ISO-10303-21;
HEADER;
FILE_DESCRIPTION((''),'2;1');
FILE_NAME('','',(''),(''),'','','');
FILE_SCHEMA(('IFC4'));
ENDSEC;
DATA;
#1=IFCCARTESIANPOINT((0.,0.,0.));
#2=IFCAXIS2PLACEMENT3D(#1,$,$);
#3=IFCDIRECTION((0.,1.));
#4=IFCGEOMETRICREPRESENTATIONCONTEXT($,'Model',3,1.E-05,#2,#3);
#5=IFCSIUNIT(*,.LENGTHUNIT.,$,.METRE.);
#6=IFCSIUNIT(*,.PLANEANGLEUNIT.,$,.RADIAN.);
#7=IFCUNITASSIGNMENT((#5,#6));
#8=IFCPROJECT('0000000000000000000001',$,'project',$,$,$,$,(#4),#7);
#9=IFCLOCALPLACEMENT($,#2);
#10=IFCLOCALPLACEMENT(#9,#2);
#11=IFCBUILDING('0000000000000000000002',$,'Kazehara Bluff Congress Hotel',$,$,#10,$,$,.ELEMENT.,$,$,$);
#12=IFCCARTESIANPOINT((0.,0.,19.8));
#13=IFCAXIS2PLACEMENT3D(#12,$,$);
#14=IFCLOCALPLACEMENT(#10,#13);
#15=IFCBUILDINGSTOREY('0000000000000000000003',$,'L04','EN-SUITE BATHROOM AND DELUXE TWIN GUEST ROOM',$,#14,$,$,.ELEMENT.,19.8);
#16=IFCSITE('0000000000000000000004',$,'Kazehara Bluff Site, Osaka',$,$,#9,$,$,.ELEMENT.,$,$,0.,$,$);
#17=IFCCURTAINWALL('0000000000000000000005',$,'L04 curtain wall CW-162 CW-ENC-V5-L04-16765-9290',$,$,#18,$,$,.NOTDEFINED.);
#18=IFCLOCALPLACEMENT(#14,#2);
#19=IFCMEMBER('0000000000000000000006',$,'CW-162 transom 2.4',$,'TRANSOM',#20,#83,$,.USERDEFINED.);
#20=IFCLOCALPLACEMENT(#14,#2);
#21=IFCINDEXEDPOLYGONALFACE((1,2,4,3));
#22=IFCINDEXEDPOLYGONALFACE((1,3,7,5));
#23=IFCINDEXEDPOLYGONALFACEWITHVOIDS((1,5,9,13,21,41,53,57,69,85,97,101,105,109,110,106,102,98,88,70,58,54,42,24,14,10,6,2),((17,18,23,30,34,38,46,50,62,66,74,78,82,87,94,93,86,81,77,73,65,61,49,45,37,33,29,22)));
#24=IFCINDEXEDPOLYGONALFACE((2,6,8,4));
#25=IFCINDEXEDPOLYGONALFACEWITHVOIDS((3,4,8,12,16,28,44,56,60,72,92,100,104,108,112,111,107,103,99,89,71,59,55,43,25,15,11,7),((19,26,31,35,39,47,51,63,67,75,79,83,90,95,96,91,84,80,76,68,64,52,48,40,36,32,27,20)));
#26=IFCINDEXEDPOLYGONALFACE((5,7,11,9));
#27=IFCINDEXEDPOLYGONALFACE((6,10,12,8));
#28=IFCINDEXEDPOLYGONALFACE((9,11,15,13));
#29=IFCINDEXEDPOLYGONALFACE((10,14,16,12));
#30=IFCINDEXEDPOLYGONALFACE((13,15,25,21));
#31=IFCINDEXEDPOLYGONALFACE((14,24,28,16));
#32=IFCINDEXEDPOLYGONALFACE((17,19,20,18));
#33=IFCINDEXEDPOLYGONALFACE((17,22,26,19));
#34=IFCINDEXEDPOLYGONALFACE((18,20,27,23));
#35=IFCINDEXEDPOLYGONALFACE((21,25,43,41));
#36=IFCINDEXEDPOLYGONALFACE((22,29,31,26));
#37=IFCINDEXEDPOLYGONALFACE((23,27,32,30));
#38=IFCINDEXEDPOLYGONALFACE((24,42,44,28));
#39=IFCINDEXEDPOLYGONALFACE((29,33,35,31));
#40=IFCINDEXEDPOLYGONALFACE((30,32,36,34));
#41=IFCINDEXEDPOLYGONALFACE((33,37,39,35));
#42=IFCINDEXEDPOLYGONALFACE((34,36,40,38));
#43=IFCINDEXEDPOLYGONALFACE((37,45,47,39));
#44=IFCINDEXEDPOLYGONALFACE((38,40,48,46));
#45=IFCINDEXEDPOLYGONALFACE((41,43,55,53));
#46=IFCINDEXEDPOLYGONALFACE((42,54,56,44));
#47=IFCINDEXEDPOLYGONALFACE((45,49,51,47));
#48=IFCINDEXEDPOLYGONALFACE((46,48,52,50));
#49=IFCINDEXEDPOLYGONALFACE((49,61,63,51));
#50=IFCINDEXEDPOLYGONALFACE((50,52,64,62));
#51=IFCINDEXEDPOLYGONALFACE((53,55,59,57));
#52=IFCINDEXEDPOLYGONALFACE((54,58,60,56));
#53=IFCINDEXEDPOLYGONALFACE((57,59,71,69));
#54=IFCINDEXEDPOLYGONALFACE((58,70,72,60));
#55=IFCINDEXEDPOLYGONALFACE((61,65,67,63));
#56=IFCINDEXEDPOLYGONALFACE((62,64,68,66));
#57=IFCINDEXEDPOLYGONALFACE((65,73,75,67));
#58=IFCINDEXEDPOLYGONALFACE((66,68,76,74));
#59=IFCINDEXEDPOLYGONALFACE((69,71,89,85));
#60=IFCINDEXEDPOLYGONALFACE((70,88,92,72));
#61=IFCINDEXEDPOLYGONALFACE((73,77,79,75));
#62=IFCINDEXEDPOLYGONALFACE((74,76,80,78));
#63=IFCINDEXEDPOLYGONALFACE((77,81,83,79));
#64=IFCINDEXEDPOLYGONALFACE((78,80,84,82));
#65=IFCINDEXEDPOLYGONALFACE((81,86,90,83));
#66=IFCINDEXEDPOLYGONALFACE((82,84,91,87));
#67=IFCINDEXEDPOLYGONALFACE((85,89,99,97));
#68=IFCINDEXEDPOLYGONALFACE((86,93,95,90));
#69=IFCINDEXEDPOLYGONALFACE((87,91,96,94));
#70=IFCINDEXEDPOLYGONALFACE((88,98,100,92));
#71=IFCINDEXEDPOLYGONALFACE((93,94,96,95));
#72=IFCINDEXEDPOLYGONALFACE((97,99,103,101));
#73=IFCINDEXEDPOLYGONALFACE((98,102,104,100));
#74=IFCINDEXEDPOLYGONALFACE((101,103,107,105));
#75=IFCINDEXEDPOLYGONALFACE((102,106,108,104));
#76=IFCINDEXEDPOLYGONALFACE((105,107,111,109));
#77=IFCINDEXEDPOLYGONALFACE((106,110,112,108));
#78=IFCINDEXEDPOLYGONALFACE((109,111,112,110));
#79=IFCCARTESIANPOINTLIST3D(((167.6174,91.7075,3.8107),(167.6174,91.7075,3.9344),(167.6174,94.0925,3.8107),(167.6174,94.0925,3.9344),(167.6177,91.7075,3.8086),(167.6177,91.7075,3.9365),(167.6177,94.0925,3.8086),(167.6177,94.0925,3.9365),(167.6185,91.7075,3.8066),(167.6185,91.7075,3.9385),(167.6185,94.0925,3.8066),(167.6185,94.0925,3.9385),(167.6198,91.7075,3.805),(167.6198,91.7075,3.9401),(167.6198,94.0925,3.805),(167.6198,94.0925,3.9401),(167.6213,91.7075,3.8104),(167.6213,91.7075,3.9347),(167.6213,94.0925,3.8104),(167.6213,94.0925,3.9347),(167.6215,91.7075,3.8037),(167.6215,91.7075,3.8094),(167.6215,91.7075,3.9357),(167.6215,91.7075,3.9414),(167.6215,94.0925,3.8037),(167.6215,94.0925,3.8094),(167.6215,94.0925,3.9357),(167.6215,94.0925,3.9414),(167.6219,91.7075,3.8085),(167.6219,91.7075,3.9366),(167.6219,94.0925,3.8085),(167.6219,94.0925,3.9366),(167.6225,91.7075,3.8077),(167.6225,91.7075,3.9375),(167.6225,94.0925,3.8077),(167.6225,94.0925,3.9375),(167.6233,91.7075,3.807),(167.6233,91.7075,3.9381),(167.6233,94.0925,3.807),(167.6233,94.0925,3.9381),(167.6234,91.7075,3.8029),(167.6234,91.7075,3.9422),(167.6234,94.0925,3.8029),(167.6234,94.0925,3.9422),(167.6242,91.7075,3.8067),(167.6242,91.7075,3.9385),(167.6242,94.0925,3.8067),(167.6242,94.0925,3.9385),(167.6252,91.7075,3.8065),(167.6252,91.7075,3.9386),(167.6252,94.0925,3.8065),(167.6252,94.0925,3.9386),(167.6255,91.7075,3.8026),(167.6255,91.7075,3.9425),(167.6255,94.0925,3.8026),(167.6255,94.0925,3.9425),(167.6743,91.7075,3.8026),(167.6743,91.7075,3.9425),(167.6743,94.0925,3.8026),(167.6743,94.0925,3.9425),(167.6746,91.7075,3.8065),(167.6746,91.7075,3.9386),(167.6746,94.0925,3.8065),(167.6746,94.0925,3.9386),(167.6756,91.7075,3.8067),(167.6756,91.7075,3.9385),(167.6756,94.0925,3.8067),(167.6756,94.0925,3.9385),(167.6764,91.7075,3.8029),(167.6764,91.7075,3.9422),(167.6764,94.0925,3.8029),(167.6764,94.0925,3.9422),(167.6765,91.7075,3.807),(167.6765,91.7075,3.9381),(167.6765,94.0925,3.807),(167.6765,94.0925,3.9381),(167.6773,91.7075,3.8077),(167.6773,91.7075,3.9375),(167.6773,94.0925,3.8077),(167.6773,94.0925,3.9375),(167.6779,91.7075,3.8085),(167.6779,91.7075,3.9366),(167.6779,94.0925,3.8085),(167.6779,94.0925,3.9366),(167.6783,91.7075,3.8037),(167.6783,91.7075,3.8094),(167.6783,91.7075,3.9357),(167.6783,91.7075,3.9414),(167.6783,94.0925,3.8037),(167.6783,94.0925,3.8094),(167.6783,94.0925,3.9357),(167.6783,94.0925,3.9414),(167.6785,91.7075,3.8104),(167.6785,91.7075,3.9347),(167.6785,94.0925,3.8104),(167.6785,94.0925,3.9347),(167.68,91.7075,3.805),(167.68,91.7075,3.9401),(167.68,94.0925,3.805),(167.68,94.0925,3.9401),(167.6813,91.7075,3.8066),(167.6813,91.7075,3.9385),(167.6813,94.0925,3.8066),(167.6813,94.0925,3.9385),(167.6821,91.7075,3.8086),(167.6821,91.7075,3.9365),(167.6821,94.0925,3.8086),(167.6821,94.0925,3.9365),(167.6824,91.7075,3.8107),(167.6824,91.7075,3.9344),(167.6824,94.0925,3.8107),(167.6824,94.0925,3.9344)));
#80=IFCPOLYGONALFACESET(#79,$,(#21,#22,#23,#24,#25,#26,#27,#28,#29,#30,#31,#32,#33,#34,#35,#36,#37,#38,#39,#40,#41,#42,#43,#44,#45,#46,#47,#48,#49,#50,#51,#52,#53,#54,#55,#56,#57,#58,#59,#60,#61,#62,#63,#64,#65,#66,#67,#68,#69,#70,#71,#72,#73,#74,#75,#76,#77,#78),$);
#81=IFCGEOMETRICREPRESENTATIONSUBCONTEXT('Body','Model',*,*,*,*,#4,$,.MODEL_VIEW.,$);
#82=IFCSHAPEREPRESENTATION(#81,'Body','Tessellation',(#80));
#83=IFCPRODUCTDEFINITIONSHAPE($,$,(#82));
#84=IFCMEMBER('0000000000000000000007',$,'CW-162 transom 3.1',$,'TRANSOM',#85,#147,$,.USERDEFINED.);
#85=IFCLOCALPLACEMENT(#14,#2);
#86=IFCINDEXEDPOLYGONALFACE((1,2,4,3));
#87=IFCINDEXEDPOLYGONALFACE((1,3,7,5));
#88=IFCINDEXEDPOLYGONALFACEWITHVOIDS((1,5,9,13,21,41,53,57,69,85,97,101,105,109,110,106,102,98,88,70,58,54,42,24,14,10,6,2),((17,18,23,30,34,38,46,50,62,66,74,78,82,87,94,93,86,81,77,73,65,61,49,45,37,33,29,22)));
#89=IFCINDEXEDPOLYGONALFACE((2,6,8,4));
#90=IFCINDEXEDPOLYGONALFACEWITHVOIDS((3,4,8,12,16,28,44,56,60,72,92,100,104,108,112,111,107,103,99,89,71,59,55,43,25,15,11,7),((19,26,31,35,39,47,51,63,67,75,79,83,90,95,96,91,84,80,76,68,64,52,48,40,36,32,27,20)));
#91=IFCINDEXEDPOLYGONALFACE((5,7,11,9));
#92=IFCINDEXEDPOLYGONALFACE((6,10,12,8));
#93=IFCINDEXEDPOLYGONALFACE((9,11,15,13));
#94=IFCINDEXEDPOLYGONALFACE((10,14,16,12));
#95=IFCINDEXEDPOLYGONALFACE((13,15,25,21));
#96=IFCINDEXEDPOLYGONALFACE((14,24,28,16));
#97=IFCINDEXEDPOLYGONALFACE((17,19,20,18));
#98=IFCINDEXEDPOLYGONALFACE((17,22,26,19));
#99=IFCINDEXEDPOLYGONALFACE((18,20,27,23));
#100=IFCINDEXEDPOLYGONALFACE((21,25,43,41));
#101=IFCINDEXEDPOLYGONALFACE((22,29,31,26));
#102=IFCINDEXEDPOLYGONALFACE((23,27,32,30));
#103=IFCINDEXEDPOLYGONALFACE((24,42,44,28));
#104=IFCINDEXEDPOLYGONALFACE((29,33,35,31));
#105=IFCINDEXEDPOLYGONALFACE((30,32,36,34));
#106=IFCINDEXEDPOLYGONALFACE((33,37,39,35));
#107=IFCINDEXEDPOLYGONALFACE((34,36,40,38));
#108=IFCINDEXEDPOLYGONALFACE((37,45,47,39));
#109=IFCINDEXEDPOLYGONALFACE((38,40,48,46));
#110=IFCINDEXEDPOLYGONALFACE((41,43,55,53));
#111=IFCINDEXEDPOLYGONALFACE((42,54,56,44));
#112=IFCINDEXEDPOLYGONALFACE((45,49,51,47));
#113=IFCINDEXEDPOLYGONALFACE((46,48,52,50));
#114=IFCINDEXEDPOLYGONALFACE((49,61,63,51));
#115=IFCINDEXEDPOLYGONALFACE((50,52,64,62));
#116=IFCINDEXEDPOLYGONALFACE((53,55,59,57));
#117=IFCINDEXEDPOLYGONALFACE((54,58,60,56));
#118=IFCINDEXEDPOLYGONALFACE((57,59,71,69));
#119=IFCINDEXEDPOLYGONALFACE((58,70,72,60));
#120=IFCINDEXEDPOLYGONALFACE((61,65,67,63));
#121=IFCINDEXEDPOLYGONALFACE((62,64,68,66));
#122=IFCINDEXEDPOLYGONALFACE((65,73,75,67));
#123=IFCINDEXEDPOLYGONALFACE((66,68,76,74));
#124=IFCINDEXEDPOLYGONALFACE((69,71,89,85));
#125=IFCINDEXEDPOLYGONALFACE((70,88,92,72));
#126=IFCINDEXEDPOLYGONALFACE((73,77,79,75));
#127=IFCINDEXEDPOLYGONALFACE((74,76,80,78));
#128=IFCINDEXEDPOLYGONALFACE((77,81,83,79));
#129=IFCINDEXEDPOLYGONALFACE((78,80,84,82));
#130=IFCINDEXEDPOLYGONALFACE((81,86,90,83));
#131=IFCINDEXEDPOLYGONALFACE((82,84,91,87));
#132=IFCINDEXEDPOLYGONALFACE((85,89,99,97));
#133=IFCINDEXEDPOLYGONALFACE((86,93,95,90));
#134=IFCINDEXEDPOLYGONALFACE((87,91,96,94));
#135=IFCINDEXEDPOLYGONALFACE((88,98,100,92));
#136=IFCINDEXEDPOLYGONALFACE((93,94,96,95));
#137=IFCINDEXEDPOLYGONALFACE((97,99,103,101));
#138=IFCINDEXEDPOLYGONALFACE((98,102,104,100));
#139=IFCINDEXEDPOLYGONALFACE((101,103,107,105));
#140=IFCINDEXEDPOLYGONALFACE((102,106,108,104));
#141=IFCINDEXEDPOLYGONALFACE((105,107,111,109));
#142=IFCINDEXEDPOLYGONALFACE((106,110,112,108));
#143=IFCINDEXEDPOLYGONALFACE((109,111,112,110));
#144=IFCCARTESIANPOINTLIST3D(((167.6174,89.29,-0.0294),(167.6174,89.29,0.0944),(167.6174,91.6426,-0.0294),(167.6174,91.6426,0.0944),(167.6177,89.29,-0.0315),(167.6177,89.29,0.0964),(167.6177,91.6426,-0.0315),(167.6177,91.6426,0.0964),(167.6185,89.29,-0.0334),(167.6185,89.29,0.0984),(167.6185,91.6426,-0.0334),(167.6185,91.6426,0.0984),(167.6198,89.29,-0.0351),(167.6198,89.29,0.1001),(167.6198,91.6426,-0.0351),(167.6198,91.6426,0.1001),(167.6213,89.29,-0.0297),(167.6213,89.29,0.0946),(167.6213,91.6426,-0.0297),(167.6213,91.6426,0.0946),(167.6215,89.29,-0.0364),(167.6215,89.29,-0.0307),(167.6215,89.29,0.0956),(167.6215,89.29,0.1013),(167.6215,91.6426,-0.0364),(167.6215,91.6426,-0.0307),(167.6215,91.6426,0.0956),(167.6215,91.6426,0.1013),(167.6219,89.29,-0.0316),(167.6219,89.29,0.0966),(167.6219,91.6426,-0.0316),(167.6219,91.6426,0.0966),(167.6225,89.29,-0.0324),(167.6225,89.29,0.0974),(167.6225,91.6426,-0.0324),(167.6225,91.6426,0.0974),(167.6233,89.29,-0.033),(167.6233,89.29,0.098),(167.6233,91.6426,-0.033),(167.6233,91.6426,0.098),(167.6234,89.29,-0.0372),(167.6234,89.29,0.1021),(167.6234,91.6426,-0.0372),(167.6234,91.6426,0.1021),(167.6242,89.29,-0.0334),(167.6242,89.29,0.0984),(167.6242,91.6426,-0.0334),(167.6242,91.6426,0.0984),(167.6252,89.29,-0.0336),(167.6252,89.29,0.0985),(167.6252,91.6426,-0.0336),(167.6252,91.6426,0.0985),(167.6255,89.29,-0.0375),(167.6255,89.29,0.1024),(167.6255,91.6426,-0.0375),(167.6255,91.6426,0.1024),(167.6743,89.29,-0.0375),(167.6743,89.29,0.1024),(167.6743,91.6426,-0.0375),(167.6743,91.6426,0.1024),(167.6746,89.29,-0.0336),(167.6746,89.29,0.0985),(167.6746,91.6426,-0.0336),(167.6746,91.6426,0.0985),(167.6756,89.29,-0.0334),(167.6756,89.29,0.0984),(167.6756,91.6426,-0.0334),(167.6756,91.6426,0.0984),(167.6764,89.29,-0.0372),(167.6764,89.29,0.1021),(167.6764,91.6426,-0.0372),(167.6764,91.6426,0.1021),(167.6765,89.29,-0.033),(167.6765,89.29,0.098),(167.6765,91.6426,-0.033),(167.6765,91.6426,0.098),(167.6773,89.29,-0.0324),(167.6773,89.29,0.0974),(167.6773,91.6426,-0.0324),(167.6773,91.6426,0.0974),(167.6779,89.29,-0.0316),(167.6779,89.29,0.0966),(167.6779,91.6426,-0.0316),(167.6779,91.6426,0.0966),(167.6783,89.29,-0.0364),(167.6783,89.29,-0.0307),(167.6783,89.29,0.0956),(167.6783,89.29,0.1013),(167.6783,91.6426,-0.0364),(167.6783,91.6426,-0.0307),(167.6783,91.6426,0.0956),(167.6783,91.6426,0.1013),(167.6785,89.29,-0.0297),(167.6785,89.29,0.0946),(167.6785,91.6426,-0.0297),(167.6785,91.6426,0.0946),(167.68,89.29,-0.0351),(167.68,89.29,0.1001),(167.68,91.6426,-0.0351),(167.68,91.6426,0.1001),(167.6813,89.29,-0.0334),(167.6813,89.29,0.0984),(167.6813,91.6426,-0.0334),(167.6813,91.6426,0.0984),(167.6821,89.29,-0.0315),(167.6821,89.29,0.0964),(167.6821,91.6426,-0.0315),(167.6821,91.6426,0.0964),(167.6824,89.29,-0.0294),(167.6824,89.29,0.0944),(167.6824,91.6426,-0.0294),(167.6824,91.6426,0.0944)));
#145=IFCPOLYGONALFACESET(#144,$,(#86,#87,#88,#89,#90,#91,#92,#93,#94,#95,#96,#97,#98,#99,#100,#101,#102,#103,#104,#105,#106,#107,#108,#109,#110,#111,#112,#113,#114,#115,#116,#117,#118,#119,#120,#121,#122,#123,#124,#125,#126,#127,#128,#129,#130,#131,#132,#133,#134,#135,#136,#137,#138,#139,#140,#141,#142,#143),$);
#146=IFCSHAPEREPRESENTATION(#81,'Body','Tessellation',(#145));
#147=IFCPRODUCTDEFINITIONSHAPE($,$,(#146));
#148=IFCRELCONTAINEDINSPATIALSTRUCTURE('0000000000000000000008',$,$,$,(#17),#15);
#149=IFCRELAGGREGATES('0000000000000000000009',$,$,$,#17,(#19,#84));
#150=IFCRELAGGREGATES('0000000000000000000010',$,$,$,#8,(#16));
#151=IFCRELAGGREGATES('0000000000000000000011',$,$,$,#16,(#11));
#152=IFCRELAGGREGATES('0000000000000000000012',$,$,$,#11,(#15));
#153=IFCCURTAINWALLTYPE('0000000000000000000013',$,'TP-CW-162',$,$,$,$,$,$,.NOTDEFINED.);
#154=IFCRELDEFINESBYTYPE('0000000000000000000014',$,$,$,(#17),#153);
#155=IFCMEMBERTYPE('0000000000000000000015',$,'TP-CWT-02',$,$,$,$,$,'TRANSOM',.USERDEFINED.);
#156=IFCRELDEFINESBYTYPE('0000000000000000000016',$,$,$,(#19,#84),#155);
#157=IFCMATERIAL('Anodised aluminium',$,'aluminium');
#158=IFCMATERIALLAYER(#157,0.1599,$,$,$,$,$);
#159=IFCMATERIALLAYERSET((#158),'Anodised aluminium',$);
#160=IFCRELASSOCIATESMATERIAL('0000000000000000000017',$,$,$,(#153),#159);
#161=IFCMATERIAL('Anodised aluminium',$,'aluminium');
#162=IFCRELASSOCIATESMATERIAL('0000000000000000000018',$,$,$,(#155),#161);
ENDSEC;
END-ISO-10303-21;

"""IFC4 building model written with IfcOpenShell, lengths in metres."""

from ifc_helpers import new_model, si_unit, direction, frame, origin, origin_2d, place, context, subcontext, project, spatial, hollow_rectangle, extrude, material, layer, layer_set, material_profile, profile_set, type_object, element, aggregate, save


model = new_model("IFC4")

# Units and contexts
model_context = context("Model", 3, precision=1e-05, world=origin(), true_north=direction((0.0, 1.0)))
body_context = subcontext(model_context, "Body", "Model", "MODEL_VIEW")
ifc_project = project(units=[si_unit("LENGTHUNIT", "METRE"), si_unit("PLANEANGLEUNIT", "RADIAN")], contexts=[model_context])

# Site, building, storey
site_placement = place(None, origin())
site = spatial("IfcSite", under=ifc_project, at=site_placement, Name="Kazehara Bluff Site, Osaka", CompositionType="ELEMENT", RefElevation=0.0)
building_placement = place(site_placement, origin())
building = spatial("IfcBuilding", under=site, at=building_placement, Name="Kazehara Bluff Congress Hotel", CompositionType="ELEMENT")
storey_placement = place(building_placement, frame((0.0, 0.0, 19.8)))
storey = spatial("IfcBuildingStorey", under=building, at=storey_placement, Name="L04", Description="EN-SUITE BATHROOM AND DELUXE TWIN GUEST ROOM", CompositionType="ELEMENT", Elevation=19.8)

# Curtain wall
ifc_material_1 = material(Name="Anodised aluminium", Category="aluminium")
ifc_layer_1 = layer(ifc_material_1, 0.1599)
ifc_layer_set_1 = layer_set([ifc_layer_1], Name="Anodised aluminium")
curtain_wall_type_1 = type_object("IfcCurtainWallType", Name="TP-CW-162", PredefinedType="NOTDEFINED", material=ifc_layer_set_1)
curtain_wall_1_placement = place(storey_placement, origin())
curtain_wall_1 = element("IfcCurtainWall", 1, at=curtain_wall_1_placement, inside=storey, type_object=curtain_wall_type_1, Name="L04 curtain wall CW-162 CW-ENC-V5-L04-16765-9290", PredefinedType="NOTDEFINED")

# Members
ifc_material_2 = material(Name="Anodised aluminium", Category="aluminium")
ifc_material_profile_1 = material_profile(ifc_material_2, hollow_rectangle(XDim=0.0649, YDim=0.1399, WallThickness=0.0039, InnerFilletRadius=0.0039, OuterFilletRadius=0.0081, at=origin_2d()))
ifc_profile_set_1 = profile_set([ifc_material_profile_1], Name="Anodised aluminium")
member_type_1 = type_object("IfcMemberType", Name="TP-CWT-02", ElementType="TRANSOM", PredefinedType="USERDEFINED", material=ifc_profile_set_1)
member_1_placement = place(storey_placement, frame((167.6499, 94.0925, 3.8726), z_axis=(0.0, -1.0, 0.0), x_axis=(1.0, 0.0, 0.0)))
member_1 = element("IfcMember", 2, at=member_1_placement, type_object=member_type_1, Name="CW-162 transom 2.4", ObjectType="TRANSOM", PredefinedType="USERDEFINED", context=body_context, shape_type="SweptSolid", body=[
    extrude(hollow_rectangle(XDim=0.0649, YDim=0.1399, WallThickness=0.0039, InnerFilletRadius=0.0039, OuterFilletRadius=0.0081, at=origin_2d()), origin(), (0.0, 0.0, 1.0), 2.385),
])
member_2_placement = place(storey_placement, frame((167.6499, 91.6426, 0.0325), z_axis=(0.0, -1.0, 0.0), x_axis=(1.0, 0.0, 0.0)))
member_2 = element("IfcMember", 3, at=member_2_placement, type_object=member_type_1, Name="CW-162 transom 3.1", ObjectType="TRANSOM", PredefinedType="USERDEFINED", context=body_context, shape_type="SweptSolid", body=[
    extrude(hollow_rectangle(XDim=0.0649, YDim=0.1399, WallThickness=0.0039, InnerFilletRadius=0.0039, OuterFilletRadius=0.0081, at=origin_2d()), origin(), (0.0, 0.0, 1.0), 2.3525),
])

aggregate(curtain_wall_1, [member_1, member_2])

save(model, "model.ifc")
